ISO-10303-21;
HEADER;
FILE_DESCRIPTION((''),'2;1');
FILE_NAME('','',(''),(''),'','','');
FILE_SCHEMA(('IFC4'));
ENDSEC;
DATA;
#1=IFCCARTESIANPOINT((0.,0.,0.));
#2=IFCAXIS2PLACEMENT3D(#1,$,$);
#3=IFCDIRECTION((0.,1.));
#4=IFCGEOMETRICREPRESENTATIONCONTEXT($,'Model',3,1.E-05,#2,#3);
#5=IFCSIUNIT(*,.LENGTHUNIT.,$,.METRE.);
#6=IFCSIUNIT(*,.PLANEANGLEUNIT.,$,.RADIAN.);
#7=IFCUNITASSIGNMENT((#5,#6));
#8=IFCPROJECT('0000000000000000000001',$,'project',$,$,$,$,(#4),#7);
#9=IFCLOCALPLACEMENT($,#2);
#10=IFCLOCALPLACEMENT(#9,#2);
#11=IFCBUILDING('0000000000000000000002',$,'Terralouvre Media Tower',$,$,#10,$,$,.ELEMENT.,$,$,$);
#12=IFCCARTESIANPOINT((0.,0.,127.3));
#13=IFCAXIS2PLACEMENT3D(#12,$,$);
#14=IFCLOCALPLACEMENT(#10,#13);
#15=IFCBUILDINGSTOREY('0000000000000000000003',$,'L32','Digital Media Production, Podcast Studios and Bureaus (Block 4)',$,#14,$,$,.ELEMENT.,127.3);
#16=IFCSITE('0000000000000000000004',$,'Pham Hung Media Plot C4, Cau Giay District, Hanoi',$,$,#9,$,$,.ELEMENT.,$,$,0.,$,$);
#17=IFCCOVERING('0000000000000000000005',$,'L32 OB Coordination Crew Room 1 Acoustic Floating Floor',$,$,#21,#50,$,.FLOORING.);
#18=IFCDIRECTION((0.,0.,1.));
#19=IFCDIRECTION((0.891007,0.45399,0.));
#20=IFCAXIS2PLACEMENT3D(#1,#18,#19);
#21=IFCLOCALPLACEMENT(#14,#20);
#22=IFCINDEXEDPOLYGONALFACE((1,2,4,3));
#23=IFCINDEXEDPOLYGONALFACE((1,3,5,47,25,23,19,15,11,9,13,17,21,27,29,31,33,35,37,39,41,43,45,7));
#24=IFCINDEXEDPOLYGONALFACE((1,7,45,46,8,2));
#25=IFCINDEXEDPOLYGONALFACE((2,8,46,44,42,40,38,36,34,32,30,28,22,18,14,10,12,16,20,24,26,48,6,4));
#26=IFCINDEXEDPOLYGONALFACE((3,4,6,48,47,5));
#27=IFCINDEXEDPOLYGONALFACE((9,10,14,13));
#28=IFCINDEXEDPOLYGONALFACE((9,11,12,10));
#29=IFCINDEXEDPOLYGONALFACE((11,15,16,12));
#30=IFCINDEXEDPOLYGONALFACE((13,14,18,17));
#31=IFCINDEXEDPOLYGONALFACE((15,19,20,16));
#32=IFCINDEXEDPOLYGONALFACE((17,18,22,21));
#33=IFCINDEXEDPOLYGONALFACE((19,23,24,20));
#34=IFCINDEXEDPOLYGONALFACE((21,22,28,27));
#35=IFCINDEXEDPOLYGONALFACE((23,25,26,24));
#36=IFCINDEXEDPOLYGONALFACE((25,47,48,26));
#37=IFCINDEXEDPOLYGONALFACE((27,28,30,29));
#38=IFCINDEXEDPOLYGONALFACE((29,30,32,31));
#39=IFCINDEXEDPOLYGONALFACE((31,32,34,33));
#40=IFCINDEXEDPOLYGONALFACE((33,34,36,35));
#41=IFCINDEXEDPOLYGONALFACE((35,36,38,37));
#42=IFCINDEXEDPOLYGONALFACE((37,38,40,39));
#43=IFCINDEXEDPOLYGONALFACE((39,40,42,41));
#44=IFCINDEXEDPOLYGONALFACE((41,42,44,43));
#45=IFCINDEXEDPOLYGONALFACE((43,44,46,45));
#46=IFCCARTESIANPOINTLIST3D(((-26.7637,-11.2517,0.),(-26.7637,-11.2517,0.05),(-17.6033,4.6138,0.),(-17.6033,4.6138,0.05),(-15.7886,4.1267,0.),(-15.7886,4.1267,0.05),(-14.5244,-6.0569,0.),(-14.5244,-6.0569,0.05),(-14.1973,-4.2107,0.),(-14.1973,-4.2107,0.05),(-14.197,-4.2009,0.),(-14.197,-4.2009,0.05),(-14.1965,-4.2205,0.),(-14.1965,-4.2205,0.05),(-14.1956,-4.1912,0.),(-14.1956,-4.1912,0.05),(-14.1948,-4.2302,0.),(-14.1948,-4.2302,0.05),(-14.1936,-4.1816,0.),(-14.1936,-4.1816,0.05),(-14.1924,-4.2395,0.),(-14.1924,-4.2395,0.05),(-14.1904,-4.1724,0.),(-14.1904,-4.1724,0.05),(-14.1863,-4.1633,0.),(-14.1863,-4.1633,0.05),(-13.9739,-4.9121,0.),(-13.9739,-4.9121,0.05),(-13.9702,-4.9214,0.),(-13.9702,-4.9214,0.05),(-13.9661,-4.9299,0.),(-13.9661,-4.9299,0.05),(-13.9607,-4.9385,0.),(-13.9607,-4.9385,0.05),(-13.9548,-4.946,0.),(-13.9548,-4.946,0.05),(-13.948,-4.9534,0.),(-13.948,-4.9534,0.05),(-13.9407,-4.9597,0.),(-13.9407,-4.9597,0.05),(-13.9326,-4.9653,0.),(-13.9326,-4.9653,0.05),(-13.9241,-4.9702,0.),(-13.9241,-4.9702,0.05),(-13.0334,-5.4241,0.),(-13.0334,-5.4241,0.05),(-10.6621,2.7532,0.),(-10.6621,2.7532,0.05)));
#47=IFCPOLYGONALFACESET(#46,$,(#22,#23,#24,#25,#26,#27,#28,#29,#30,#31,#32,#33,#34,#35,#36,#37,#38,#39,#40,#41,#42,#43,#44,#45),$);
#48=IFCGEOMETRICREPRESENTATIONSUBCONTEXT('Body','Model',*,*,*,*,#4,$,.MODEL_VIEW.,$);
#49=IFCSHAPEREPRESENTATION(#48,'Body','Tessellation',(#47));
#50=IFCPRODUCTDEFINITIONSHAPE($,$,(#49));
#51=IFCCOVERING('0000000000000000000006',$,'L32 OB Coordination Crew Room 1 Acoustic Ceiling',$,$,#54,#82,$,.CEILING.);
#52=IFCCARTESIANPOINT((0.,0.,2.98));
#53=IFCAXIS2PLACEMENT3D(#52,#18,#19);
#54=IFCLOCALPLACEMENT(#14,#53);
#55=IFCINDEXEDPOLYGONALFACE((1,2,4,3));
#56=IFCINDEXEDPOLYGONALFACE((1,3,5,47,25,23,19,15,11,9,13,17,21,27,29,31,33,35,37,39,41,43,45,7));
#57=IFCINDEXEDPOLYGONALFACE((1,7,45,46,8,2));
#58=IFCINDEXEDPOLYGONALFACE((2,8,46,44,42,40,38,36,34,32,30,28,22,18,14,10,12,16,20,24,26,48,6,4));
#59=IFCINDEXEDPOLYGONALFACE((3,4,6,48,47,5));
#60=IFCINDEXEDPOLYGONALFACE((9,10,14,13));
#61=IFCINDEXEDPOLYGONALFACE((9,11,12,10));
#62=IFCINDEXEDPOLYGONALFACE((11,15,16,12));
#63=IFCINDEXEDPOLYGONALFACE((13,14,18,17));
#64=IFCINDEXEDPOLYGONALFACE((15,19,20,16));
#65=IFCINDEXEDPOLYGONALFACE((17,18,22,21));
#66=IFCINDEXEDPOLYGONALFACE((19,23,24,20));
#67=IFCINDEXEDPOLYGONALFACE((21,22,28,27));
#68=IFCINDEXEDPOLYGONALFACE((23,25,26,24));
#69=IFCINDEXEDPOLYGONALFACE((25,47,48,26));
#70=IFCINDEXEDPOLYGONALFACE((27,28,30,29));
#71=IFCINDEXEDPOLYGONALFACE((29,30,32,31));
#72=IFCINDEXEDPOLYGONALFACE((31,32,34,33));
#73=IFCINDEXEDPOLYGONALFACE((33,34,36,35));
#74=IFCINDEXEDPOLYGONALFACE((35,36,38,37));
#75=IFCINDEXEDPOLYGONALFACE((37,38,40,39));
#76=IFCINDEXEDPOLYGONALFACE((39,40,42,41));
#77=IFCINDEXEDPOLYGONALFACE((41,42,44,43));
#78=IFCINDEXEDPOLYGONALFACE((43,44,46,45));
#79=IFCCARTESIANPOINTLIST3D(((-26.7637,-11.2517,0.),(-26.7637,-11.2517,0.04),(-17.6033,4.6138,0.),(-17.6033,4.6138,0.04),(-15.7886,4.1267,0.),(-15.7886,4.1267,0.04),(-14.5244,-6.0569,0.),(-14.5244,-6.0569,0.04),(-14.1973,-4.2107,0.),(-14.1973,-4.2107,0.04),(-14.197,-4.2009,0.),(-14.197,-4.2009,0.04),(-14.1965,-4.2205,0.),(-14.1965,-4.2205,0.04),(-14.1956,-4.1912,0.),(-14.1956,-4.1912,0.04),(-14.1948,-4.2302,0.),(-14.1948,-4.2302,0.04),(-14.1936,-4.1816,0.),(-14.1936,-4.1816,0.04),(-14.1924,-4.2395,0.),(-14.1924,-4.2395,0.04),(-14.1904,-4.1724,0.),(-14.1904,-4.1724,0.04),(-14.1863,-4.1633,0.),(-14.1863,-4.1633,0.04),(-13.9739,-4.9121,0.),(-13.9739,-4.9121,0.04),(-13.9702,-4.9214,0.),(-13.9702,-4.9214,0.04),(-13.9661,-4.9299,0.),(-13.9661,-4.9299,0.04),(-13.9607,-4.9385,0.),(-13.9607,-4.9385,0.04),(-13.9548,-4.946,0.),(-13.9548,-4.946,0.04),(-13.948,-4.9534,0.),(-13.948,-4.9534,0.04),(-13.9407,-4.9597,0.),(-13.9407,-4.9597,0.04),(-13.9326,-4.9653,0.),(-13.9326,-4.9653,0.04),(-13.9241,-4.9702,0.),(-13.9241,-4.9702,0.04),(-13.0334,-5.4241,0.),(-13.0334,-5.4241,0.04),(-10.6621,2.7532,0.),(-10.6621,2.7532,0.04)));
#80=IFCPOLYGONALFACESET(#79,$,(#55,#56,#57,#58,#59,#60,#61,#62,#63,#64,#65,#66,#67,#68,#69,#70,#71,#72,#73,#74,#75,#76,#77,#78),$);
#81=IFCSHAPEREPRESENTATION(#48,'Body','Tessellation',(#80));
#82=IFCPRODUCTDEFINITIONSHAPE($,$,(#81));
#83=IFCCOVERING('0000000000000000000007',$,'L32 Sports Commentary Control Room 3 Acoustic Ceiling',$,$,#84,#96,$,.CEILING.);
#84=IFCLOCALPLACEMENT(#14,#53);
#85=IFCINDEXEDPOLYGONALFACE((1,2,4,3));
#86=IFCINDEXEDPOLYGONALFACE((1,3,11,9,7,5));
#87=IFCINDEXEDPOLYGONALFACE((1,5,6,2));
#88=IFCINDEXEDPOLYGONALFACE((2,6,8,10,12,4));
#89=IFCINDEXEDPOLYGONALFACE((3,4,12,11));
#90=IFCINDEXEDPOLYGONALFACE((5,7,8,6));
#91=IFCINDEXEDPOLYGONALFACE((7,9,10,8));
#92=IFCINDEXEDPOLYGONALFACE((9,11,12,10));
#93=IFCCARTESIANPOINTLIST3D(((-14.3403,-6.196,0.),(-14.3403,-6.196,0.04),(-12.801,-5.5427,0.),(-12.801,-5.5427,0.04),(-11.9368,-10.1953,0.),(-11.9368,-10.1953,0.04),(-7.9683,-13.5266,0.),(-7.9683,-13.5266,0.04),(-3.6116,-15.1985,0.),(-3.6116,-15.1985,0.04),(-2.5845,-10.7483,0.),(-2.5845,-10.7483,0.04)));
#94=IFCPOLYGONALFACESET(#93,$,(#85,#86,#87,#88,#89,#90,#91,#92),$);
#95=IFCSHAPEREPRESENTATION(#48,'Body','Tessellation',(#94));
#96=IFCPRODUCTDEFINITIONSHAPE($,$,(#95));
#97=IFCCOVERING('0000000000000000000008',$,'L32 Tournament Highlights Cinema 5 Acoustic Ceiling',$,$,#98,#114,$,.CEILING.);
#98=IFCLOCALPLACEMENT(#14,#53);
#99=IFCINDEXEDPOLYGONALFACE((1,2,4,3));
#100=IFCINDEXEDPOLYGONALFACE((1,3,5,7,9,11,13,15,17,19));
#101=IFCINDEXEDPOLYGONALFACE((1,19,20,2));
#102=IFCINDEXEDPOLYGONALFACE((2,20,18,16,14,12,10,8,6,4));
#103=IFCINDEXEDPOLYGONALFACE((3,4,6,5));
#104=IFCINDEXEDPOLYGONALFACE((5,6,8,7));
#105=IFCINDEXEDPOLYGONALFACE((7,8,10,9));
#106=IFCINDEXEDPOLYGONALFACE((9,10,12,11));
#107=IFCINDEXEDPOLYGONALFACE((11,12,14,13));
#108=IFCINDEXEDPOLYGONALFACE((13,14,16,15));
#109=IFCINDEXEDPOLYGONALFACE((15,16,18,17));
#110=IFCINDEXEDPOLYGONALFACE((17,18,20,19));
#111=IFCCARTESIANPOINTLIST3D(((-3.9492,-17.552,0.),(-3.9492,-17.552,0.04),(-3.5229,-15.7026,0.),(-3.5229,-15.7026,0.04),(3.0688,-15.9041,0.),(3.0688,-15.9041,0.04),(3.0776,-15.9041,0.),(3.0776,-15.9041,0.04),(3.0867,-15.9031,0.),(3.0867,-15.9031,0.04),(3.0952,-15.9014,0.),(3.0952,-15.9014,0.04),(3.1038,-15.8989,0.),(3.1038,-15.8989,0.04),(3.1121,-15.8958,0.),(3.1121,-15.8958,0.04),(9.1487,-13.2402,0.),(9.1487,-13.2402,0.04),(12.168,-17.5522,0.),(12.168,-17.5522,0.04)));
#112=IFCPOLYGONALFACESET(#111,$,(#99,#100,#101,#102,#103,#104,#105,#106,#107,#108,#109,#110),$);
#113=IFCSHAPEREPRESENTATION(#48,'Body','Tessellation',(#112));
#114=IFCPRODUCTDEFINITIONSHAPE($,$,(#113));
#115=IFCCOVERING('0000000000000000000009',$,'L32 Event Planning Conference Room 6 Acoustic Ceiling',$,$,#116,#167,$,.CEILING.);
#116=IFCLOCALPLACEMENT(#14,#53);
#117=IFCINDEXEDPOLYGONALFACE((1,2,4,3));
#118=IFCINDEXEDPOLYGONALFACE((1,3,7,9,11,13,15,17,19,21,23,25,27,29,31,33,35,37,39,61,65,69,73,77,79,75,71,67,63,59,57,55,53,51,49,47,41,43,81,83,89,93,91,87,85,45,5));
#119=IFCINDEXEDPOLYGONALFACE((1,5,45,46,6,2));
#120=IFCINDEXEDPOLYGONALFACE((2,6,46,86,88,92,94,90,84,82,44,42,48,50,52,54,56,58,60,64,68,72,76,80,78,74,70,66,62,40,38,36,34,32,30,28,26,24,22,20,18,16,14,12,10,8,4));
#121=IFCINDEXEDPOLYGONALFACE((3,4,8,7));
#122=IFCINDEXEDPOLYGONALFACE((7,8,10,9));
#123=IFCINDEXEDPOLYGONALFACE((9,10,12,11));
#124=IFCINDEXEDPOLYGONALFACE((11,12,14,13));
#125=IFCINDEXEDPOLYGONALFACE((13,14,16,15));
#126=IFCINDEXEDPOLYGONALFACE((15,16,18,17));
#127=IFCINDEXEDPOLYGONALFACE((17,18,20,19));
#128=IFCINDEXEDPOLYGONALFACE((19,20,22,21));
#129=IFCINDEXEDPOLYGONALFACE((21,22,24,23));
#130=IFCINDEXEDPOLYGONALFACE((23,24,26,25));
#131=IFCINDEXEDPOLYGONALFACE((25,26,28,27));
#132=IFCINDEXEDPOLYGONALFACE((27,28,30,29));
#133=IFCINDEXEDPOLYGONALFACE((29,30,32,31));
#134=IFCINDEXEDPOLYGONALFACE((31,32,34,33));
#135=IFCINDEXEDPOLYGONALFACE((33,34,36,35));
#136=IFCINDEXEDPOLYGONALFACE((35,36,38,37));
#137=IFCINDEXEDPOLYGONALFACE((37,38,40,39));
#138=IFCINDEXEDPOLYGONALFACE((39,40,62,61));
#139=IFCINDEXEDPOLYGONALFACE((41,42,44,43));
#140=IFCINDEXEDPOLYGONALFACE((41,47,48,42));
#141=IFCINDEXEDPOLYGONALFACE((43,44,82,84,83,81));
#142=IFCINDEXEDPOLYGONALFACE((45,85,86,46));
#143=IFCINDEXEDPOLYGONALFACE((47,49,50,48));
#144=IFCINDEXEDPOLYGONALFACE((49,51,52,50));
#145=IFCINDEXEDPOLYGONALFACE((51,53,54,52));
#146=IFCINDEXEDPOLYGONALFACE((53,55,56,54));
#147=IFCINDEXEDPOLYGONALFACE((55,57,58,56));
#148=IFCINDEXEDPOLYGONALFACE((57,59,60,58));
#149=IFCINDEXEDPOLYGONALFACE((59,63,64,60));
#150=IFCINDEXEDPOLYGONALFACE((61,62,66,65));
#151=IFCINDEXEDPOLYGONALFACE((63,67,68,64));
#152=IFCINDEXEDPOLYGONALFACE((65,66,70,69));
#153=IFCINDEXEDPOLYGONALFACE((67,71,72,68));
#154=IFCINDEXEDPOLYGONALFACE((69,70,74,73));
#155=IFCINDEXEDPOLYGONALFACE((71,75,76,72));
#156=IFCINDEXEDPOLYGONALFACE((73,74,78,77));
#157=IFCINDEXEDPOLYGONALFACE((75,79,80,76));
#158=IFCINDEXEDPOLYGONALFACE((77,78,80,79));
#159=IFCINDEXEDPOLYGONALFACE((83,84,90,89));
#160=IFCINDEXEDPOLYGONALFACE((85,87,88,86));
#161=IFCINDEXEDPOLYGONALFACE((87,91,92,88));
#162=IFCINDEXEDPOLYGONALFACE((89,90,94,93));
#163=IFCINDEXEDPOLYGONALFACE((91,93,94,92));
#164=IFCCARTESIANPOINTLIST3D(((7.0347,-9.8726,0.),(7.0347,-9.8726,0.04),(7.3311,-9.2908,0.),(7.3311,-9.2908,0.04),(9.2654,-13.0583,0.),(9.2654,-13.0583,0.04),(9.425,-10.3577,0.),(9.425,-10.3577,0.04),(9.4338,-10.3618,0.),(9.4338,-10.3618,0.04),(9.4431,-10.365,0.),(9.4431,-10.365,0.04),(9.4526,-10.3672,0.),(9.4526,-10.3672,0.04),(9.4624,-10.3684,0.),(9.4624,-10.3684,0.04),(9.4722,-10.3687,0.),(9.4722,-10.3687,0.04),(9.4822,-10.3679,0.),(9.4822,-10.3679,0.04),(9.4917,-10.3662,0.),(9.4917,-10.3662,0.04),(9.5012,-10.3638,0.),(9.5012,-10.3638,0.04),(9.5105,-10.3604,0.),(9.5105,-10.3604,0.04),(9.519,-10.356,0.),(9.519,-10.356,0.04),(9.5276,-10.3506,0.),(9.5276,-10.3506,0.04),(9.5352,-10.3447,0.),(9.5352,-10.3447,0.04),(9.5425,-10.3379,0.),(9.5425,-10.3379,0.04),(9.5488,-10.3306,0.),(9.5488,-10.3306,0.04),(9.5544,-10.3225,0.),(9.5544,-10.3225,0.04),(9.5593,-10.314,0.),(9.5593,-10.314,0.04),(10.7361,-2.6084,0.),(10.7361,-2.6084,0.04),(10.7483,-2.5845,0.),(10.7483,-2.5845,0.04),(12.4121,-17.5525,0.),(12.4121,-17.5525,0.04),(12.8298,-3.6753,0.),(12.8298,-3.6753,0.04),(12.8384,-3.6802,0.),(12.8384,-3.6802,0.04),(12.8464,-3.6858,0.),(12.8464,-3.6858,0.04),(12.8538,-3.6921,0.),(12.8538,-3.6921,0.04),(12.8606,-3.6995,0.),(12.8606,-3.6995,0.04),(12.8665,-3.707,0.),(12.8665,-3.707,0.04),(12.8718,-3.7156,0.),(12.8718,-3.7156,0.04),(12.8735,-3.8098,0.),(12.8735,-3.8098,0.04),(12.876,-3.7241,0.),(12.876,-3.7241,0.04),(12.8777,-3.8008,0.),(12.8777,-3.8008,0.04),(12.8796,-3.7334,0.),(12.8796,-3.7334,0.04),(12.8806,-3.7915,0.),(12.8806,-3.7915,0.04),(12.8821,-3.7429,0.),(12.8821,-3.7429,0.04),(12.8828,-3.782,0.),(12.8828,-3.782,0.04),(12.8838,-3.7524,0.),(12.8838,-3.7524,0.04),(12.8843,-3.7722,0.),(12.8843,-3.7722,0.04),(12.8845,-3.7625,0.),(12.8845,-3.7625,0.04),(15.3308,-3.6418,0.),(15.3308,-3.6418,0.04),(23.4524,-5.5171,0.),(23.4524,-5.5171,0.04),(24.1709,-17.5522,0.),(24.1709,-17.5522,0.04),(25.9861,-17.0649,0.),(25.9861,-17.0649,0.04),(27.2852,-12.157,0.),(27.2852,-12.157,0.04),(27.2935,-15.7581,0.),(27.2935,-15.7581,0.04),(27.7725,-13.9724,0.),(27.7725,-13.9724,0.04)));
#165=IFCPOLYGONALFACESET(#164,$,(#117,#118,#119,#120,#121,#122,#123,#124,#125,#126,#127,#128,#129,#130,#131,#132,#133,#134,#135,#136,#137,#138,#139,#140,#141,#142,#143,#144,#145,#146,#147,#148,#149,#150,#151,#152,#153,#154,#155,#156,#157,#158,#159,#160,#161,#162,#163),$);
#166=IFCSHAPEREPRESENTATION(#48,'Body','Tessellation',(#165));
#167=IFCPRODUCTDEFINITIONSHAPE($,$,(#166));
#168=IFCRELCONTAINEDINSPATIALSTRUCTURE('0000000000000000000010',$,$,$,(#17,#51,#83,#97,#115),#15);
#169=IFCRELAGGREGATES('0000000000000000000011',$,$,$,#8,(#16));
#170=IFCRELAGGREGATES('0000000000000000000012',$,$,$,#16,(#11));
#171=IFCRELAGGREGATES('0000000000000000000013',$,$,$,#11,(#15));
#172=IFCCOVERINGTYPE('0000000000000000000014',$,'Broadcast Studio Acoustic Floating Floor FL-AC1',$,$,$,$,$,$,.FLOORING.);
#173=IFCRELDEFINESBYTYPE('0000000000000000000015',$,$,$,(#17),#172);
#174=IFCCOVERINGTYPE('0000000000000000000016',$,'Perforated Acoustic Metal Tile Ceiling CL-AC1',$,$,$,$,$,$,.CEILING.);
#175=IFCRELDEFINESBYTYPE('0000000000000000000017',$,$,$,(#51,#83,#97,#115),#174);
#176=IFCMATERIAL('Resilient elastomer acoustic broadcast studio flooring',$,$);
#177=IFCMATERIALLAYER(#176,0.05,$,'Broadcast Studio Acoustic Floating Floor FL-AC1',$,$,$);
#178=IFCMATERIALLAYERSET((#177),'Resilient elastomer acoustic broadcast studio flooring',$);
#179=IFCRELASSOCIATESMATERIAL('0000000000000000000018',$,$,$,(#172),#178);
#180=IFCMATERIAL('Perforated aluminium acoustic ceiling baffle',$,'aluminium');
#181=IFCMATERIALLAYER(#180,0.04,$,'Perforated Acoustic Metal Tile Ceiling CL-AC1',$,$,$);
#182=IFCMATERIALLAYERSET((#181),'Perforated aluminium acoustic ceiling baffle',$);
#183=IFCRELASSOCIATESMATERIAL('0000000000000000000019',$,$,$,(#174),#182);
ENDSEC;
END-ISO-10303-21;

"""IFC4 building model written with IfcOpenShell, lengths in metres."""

from ifc_helpers import new_model, si_unit, direction, frame, origin, place, context, subcontext, project, spatial, polyline, outline, extrude, material, layer, layer_set, type_object, element, save


model = new_model("IFC4")

# Units and contexts
model_context = context("Model", 3, precision=1e-05, world=origin(), true_north=direction((0.0, 1.0)))
body_context = subcontext(model_context, "Body", "Model", "MODEL_VIEW")
ifc_project = project(units=[si_unit("LENGTHUNIT", "METRE"), si_unit("PLANEANGLEUNIT", "RADIAN")], contexts=[model_context])

# Site, building, storey
site_placement = place(None, origin())
site = spatial("IfcSite", under=ifc_project, at=site_placement, Name="Pham Hung Media Plot C4, Cau Giay District, Hanoi", CompositionType="ELEMENT", RefElevation=0.0)
building_placement = place(site_placement, origin())
building = spatial("IfcBuilding", under=site, at=building_placement, Name="Terralouvre Media Tower", CompositionType="ELEMENT")
storey_placement = place(building_placement, frame((0.0, 0.0, 127.3)))
storey = spatial("IfcBuildingStorey", under=building, at=storey_placement, Name="L32", Description="Digital Media Production, Podcast Studios and Bureaus (Block 4)", CompositionType="ELEMENT", Elevation=127.3)

# Coverings
ifc_material_1 = material(Name="Resilient elastomer acoustic broadcast studio flooring")
ifc_layer_1 = layer(ifc_material_1, 0.05, Name="Broadcast Studio Acoustic Floating Floor FL-AC1")
ifc_layer_set_1 = layer_set([ifc_layer_1], Name="Resilient elastomer acoustic broadcast studio flooring")
covering_type_1 = type_object("IfcCoveringType", Name="Broadcast Studio Acoustic Floating Floor FL-AC1", PredefinedType="FLOORING", material=ifc_layer_set_1)
covering_1_placement = place(storey_placement, frame((0.0, 0.0, 0.0), z_axis=(0.0, 0.0, 1.0), x_axis=(0.891007, 0.45399, 0.0)))
element("IfcCovering", 1, at=covering_1_placement, inside=storey, type_object=covering_type_1, Name="L32 OB Coordination Crew Room 1 Acoustic Floating Floor", PredefinedType="FLOORING", context=body_context, shape_type="SweptSolid", body=[
    extrude(outline(polyline([(-13.0334, -5.4241), (-13.9241, -4.9702), (-13.9326, -4.9653), (-13.9407, -4.9597), (-13.948, -4.9534), (-13.9548, -4.946), (-13.9607, -4.9385), (-13.9661, -4.9299), (-13.9702, -4.9214), (-13.9739, -4.9121), (-14.1924, -4.2395), (-14.1948, -4.2302), (-14.1965, -4.2205), (-14.1973, -4.2107), (-14.197, -4.2009), (-14.1956, -4.1912), (-14.1936, -4.1816), (-14.1904, -4.1724), (-14.1863, -4.1633), (-10.6621, 2.7532), (-15.7886, 4.1267), (-17.6033, 4.6138), (-26.7637, -11.2517), (-14.5244, -6.0569), (-13.0334, -5.4241)])), origin(), (0.0, 0.0, 1.0), 0.05),
])
ifc_material_2 = material(Name="Perforated aluminium acoustic ceiling baffle", Category="aluminium")
ifc_layer_2 = layer(ifc_material_2, 0.04, Name="Perforated Acoustic Metal Tile Ceiling CL-AC1")
ifc_layer_set_2 = layer_set([ifc_layer_2], Name="Perforated aluminium acoustic ceiling baffle")
covering_type_2 = type_object("IfcCoveringType", Name="Perforated Acoustic Metal Tile Ceiling CL-AC1", PredefinedType="CEILING", material=ifc_layer_set_2)
covering_2_placement = place(storey_placement, frame((0.0, 0.0, 2.98), z_axis=(0.0, 0.0, 1.0), x_axis=(0.891007, 0.45399, 0.0)))
element("IfcCovering", 2, at=covering_2_placement, inside=storey, type_object=covering_type_2, Name="L32 OB Coordination Crew Room 1 Acoustic Ceiling", PredefinedType="CEILING", context=body_context, shape_type="SweptSolid", body=[
    extrude(outline(polyline([(-13.0334, -5.4241), (-13.9241, -4.9702), (-13.9326, -4.9653), (-13.9407, -4.9597), (-13.948, -4.9534), (-13.9548, -4.946), (-13.9607, -4.9385), (-13.9661, -4.9299), (-13.9702, -4.9214), (-13.9739, -4.9121), (-14.1924, -4.2395), (-14.1948, -4.2302), (-14.1965, -4.2205), (-14.1973, -4.2107), (-14.197, -4.2009), (-14.1956, -4.1912), (-14.1936, -4.1816), (-14.1904, -4.1724), (-14.1863, -4.1633), (-10.6621, 2.7532), (-15.7886, 4.1267), (-17.6033, 4.6138), (-26.7637, -11.2517), (-14.5244, -6.0569), (-13.0334, -5.4241)])), origin(), (0.0, 0.0, 1.0), 0.04),
])
covering_3_placement = place(storey_placement, frame((0.0, 0.0, 2.98), z_axis=(0.0, 0.0, 1.0), x_axis=(0.891007, 0.45399, 0.0)))
element("IfcCovering", 3, at=covering_3_placement, inside=storey, type_object=covering_type_2, Name="L32 Sports Commentary Control Room 3 Acoustic Ceiling", PredefinedType="CEILING", context=body_context, shape_type="SweptSolid", body=[
    extrude(outline(polyline([(-11.9368, -10.1953), (-7.9683, -13.5266), (-3.6116, -15.1985), (-2.5845, -10.7483), (-12.801, -5.5427), (-14.3403, -6.196), (-11.9368, -10.1953)])), origin(), (0.0, 0.0, 1.0), 0.04),
])
covering_4_placement = place(storey_placement, frame((0.0, 0.0, 2.98), z_axis=(0.0, 0.0, 1.0), x_axis=(0.891007, 0.45399, 0.0)))
element("IfcCovering", 4, at=covering_4_placement, inside=storey, type_object=covering_type_2, Name="L32 Tournament Highlights Cinema 5 Acoustic Ceiling", PredefinedType="CEILING", context=body_context, shape_type="SweptSolid", body=[
    extrude(outline(polyline([(3.1121, -15.8958), (3.1038, -15.8989), (3.0952, -15.9014), (3.0867, -15.9031), (3.0776, -15.9041), (3.0688, -15.9041), (-3.5229, -15.7026), (-3.9492, -17.552), (12.168, -17.5522), (9.1487, -13.2402), (3.1121, -15.8958)])), origin(), (0.0, 0.0, 1.0), 0.04),
])
covering_5_placement = place(storey_placement, frame((0.0, 0.0, 2.98), z_axis=(0.0, 0.0, 1.0), x_axis=(0.891007, 0.45399, 0.0)))
element("IfcCovering", 5, at=covering_5_placement, inside=storey, type_object=covering_type_2, Name="L32 Event Planning Conference Room 6 Acoustic Ceiling", PredefinedType="CEILING", context=body_context, shape_type="SweptSolid", body=[
    extrude(outline(polyline([(10.7483, -2.5845), (10.7361, -2.6084), (12.8298, -3.6753), (12.8384, -3.6802), (12.8464, -3.6858), (12.8538, -3.6921), (12.8606, -3.6995), (12.8665, -3.707), (12.8718, -3.7156), (12.876, -3.7241), (12.8796, -3.7334), (12.8821, -3.7429), (12.8838, -3.7524), (12.8845, -3.7625), (12.8843, -3.7722), (12.8828, -3.782), (12.8806, -3.7915), (12.8777, -3.8008), (12.8735, -3.8098), (9.5593, -10.314), (9.5544, -10.3225), (9.5488, -10.3306), (9.5425, -10.3379), (9.5352, -10.3447), (9.5276, -10.3506), (9.519, -10.356), (9.5105, -10.3604), (9.5012, -10.3638), (9.4917, -10.3662), (9.4822, -10.3679), (9.4722, -10.3687), (9.4624, -10.3684), (9.4526, -10.3672), (9.4431, -10.365), (9.4338, -10.3618), (9.425, -10.3577), (7.3311, -9.2908), (7.0347, -9.8726), (9.2654, -13.0583), (12.4121, -17.5525), (24.1709, -17.5522), (25.9861, -17.0649), (27.2935, -15.7581), (27.7725, -13.9724), (27.2852, -12.157), (23.4524, -5.5171), (15.3308, -3.6418), (10.7483, -2.5845)])), origin(), (0.0, 0.0, 1.0), 0.04),
])

save(model, "model.ifc")
